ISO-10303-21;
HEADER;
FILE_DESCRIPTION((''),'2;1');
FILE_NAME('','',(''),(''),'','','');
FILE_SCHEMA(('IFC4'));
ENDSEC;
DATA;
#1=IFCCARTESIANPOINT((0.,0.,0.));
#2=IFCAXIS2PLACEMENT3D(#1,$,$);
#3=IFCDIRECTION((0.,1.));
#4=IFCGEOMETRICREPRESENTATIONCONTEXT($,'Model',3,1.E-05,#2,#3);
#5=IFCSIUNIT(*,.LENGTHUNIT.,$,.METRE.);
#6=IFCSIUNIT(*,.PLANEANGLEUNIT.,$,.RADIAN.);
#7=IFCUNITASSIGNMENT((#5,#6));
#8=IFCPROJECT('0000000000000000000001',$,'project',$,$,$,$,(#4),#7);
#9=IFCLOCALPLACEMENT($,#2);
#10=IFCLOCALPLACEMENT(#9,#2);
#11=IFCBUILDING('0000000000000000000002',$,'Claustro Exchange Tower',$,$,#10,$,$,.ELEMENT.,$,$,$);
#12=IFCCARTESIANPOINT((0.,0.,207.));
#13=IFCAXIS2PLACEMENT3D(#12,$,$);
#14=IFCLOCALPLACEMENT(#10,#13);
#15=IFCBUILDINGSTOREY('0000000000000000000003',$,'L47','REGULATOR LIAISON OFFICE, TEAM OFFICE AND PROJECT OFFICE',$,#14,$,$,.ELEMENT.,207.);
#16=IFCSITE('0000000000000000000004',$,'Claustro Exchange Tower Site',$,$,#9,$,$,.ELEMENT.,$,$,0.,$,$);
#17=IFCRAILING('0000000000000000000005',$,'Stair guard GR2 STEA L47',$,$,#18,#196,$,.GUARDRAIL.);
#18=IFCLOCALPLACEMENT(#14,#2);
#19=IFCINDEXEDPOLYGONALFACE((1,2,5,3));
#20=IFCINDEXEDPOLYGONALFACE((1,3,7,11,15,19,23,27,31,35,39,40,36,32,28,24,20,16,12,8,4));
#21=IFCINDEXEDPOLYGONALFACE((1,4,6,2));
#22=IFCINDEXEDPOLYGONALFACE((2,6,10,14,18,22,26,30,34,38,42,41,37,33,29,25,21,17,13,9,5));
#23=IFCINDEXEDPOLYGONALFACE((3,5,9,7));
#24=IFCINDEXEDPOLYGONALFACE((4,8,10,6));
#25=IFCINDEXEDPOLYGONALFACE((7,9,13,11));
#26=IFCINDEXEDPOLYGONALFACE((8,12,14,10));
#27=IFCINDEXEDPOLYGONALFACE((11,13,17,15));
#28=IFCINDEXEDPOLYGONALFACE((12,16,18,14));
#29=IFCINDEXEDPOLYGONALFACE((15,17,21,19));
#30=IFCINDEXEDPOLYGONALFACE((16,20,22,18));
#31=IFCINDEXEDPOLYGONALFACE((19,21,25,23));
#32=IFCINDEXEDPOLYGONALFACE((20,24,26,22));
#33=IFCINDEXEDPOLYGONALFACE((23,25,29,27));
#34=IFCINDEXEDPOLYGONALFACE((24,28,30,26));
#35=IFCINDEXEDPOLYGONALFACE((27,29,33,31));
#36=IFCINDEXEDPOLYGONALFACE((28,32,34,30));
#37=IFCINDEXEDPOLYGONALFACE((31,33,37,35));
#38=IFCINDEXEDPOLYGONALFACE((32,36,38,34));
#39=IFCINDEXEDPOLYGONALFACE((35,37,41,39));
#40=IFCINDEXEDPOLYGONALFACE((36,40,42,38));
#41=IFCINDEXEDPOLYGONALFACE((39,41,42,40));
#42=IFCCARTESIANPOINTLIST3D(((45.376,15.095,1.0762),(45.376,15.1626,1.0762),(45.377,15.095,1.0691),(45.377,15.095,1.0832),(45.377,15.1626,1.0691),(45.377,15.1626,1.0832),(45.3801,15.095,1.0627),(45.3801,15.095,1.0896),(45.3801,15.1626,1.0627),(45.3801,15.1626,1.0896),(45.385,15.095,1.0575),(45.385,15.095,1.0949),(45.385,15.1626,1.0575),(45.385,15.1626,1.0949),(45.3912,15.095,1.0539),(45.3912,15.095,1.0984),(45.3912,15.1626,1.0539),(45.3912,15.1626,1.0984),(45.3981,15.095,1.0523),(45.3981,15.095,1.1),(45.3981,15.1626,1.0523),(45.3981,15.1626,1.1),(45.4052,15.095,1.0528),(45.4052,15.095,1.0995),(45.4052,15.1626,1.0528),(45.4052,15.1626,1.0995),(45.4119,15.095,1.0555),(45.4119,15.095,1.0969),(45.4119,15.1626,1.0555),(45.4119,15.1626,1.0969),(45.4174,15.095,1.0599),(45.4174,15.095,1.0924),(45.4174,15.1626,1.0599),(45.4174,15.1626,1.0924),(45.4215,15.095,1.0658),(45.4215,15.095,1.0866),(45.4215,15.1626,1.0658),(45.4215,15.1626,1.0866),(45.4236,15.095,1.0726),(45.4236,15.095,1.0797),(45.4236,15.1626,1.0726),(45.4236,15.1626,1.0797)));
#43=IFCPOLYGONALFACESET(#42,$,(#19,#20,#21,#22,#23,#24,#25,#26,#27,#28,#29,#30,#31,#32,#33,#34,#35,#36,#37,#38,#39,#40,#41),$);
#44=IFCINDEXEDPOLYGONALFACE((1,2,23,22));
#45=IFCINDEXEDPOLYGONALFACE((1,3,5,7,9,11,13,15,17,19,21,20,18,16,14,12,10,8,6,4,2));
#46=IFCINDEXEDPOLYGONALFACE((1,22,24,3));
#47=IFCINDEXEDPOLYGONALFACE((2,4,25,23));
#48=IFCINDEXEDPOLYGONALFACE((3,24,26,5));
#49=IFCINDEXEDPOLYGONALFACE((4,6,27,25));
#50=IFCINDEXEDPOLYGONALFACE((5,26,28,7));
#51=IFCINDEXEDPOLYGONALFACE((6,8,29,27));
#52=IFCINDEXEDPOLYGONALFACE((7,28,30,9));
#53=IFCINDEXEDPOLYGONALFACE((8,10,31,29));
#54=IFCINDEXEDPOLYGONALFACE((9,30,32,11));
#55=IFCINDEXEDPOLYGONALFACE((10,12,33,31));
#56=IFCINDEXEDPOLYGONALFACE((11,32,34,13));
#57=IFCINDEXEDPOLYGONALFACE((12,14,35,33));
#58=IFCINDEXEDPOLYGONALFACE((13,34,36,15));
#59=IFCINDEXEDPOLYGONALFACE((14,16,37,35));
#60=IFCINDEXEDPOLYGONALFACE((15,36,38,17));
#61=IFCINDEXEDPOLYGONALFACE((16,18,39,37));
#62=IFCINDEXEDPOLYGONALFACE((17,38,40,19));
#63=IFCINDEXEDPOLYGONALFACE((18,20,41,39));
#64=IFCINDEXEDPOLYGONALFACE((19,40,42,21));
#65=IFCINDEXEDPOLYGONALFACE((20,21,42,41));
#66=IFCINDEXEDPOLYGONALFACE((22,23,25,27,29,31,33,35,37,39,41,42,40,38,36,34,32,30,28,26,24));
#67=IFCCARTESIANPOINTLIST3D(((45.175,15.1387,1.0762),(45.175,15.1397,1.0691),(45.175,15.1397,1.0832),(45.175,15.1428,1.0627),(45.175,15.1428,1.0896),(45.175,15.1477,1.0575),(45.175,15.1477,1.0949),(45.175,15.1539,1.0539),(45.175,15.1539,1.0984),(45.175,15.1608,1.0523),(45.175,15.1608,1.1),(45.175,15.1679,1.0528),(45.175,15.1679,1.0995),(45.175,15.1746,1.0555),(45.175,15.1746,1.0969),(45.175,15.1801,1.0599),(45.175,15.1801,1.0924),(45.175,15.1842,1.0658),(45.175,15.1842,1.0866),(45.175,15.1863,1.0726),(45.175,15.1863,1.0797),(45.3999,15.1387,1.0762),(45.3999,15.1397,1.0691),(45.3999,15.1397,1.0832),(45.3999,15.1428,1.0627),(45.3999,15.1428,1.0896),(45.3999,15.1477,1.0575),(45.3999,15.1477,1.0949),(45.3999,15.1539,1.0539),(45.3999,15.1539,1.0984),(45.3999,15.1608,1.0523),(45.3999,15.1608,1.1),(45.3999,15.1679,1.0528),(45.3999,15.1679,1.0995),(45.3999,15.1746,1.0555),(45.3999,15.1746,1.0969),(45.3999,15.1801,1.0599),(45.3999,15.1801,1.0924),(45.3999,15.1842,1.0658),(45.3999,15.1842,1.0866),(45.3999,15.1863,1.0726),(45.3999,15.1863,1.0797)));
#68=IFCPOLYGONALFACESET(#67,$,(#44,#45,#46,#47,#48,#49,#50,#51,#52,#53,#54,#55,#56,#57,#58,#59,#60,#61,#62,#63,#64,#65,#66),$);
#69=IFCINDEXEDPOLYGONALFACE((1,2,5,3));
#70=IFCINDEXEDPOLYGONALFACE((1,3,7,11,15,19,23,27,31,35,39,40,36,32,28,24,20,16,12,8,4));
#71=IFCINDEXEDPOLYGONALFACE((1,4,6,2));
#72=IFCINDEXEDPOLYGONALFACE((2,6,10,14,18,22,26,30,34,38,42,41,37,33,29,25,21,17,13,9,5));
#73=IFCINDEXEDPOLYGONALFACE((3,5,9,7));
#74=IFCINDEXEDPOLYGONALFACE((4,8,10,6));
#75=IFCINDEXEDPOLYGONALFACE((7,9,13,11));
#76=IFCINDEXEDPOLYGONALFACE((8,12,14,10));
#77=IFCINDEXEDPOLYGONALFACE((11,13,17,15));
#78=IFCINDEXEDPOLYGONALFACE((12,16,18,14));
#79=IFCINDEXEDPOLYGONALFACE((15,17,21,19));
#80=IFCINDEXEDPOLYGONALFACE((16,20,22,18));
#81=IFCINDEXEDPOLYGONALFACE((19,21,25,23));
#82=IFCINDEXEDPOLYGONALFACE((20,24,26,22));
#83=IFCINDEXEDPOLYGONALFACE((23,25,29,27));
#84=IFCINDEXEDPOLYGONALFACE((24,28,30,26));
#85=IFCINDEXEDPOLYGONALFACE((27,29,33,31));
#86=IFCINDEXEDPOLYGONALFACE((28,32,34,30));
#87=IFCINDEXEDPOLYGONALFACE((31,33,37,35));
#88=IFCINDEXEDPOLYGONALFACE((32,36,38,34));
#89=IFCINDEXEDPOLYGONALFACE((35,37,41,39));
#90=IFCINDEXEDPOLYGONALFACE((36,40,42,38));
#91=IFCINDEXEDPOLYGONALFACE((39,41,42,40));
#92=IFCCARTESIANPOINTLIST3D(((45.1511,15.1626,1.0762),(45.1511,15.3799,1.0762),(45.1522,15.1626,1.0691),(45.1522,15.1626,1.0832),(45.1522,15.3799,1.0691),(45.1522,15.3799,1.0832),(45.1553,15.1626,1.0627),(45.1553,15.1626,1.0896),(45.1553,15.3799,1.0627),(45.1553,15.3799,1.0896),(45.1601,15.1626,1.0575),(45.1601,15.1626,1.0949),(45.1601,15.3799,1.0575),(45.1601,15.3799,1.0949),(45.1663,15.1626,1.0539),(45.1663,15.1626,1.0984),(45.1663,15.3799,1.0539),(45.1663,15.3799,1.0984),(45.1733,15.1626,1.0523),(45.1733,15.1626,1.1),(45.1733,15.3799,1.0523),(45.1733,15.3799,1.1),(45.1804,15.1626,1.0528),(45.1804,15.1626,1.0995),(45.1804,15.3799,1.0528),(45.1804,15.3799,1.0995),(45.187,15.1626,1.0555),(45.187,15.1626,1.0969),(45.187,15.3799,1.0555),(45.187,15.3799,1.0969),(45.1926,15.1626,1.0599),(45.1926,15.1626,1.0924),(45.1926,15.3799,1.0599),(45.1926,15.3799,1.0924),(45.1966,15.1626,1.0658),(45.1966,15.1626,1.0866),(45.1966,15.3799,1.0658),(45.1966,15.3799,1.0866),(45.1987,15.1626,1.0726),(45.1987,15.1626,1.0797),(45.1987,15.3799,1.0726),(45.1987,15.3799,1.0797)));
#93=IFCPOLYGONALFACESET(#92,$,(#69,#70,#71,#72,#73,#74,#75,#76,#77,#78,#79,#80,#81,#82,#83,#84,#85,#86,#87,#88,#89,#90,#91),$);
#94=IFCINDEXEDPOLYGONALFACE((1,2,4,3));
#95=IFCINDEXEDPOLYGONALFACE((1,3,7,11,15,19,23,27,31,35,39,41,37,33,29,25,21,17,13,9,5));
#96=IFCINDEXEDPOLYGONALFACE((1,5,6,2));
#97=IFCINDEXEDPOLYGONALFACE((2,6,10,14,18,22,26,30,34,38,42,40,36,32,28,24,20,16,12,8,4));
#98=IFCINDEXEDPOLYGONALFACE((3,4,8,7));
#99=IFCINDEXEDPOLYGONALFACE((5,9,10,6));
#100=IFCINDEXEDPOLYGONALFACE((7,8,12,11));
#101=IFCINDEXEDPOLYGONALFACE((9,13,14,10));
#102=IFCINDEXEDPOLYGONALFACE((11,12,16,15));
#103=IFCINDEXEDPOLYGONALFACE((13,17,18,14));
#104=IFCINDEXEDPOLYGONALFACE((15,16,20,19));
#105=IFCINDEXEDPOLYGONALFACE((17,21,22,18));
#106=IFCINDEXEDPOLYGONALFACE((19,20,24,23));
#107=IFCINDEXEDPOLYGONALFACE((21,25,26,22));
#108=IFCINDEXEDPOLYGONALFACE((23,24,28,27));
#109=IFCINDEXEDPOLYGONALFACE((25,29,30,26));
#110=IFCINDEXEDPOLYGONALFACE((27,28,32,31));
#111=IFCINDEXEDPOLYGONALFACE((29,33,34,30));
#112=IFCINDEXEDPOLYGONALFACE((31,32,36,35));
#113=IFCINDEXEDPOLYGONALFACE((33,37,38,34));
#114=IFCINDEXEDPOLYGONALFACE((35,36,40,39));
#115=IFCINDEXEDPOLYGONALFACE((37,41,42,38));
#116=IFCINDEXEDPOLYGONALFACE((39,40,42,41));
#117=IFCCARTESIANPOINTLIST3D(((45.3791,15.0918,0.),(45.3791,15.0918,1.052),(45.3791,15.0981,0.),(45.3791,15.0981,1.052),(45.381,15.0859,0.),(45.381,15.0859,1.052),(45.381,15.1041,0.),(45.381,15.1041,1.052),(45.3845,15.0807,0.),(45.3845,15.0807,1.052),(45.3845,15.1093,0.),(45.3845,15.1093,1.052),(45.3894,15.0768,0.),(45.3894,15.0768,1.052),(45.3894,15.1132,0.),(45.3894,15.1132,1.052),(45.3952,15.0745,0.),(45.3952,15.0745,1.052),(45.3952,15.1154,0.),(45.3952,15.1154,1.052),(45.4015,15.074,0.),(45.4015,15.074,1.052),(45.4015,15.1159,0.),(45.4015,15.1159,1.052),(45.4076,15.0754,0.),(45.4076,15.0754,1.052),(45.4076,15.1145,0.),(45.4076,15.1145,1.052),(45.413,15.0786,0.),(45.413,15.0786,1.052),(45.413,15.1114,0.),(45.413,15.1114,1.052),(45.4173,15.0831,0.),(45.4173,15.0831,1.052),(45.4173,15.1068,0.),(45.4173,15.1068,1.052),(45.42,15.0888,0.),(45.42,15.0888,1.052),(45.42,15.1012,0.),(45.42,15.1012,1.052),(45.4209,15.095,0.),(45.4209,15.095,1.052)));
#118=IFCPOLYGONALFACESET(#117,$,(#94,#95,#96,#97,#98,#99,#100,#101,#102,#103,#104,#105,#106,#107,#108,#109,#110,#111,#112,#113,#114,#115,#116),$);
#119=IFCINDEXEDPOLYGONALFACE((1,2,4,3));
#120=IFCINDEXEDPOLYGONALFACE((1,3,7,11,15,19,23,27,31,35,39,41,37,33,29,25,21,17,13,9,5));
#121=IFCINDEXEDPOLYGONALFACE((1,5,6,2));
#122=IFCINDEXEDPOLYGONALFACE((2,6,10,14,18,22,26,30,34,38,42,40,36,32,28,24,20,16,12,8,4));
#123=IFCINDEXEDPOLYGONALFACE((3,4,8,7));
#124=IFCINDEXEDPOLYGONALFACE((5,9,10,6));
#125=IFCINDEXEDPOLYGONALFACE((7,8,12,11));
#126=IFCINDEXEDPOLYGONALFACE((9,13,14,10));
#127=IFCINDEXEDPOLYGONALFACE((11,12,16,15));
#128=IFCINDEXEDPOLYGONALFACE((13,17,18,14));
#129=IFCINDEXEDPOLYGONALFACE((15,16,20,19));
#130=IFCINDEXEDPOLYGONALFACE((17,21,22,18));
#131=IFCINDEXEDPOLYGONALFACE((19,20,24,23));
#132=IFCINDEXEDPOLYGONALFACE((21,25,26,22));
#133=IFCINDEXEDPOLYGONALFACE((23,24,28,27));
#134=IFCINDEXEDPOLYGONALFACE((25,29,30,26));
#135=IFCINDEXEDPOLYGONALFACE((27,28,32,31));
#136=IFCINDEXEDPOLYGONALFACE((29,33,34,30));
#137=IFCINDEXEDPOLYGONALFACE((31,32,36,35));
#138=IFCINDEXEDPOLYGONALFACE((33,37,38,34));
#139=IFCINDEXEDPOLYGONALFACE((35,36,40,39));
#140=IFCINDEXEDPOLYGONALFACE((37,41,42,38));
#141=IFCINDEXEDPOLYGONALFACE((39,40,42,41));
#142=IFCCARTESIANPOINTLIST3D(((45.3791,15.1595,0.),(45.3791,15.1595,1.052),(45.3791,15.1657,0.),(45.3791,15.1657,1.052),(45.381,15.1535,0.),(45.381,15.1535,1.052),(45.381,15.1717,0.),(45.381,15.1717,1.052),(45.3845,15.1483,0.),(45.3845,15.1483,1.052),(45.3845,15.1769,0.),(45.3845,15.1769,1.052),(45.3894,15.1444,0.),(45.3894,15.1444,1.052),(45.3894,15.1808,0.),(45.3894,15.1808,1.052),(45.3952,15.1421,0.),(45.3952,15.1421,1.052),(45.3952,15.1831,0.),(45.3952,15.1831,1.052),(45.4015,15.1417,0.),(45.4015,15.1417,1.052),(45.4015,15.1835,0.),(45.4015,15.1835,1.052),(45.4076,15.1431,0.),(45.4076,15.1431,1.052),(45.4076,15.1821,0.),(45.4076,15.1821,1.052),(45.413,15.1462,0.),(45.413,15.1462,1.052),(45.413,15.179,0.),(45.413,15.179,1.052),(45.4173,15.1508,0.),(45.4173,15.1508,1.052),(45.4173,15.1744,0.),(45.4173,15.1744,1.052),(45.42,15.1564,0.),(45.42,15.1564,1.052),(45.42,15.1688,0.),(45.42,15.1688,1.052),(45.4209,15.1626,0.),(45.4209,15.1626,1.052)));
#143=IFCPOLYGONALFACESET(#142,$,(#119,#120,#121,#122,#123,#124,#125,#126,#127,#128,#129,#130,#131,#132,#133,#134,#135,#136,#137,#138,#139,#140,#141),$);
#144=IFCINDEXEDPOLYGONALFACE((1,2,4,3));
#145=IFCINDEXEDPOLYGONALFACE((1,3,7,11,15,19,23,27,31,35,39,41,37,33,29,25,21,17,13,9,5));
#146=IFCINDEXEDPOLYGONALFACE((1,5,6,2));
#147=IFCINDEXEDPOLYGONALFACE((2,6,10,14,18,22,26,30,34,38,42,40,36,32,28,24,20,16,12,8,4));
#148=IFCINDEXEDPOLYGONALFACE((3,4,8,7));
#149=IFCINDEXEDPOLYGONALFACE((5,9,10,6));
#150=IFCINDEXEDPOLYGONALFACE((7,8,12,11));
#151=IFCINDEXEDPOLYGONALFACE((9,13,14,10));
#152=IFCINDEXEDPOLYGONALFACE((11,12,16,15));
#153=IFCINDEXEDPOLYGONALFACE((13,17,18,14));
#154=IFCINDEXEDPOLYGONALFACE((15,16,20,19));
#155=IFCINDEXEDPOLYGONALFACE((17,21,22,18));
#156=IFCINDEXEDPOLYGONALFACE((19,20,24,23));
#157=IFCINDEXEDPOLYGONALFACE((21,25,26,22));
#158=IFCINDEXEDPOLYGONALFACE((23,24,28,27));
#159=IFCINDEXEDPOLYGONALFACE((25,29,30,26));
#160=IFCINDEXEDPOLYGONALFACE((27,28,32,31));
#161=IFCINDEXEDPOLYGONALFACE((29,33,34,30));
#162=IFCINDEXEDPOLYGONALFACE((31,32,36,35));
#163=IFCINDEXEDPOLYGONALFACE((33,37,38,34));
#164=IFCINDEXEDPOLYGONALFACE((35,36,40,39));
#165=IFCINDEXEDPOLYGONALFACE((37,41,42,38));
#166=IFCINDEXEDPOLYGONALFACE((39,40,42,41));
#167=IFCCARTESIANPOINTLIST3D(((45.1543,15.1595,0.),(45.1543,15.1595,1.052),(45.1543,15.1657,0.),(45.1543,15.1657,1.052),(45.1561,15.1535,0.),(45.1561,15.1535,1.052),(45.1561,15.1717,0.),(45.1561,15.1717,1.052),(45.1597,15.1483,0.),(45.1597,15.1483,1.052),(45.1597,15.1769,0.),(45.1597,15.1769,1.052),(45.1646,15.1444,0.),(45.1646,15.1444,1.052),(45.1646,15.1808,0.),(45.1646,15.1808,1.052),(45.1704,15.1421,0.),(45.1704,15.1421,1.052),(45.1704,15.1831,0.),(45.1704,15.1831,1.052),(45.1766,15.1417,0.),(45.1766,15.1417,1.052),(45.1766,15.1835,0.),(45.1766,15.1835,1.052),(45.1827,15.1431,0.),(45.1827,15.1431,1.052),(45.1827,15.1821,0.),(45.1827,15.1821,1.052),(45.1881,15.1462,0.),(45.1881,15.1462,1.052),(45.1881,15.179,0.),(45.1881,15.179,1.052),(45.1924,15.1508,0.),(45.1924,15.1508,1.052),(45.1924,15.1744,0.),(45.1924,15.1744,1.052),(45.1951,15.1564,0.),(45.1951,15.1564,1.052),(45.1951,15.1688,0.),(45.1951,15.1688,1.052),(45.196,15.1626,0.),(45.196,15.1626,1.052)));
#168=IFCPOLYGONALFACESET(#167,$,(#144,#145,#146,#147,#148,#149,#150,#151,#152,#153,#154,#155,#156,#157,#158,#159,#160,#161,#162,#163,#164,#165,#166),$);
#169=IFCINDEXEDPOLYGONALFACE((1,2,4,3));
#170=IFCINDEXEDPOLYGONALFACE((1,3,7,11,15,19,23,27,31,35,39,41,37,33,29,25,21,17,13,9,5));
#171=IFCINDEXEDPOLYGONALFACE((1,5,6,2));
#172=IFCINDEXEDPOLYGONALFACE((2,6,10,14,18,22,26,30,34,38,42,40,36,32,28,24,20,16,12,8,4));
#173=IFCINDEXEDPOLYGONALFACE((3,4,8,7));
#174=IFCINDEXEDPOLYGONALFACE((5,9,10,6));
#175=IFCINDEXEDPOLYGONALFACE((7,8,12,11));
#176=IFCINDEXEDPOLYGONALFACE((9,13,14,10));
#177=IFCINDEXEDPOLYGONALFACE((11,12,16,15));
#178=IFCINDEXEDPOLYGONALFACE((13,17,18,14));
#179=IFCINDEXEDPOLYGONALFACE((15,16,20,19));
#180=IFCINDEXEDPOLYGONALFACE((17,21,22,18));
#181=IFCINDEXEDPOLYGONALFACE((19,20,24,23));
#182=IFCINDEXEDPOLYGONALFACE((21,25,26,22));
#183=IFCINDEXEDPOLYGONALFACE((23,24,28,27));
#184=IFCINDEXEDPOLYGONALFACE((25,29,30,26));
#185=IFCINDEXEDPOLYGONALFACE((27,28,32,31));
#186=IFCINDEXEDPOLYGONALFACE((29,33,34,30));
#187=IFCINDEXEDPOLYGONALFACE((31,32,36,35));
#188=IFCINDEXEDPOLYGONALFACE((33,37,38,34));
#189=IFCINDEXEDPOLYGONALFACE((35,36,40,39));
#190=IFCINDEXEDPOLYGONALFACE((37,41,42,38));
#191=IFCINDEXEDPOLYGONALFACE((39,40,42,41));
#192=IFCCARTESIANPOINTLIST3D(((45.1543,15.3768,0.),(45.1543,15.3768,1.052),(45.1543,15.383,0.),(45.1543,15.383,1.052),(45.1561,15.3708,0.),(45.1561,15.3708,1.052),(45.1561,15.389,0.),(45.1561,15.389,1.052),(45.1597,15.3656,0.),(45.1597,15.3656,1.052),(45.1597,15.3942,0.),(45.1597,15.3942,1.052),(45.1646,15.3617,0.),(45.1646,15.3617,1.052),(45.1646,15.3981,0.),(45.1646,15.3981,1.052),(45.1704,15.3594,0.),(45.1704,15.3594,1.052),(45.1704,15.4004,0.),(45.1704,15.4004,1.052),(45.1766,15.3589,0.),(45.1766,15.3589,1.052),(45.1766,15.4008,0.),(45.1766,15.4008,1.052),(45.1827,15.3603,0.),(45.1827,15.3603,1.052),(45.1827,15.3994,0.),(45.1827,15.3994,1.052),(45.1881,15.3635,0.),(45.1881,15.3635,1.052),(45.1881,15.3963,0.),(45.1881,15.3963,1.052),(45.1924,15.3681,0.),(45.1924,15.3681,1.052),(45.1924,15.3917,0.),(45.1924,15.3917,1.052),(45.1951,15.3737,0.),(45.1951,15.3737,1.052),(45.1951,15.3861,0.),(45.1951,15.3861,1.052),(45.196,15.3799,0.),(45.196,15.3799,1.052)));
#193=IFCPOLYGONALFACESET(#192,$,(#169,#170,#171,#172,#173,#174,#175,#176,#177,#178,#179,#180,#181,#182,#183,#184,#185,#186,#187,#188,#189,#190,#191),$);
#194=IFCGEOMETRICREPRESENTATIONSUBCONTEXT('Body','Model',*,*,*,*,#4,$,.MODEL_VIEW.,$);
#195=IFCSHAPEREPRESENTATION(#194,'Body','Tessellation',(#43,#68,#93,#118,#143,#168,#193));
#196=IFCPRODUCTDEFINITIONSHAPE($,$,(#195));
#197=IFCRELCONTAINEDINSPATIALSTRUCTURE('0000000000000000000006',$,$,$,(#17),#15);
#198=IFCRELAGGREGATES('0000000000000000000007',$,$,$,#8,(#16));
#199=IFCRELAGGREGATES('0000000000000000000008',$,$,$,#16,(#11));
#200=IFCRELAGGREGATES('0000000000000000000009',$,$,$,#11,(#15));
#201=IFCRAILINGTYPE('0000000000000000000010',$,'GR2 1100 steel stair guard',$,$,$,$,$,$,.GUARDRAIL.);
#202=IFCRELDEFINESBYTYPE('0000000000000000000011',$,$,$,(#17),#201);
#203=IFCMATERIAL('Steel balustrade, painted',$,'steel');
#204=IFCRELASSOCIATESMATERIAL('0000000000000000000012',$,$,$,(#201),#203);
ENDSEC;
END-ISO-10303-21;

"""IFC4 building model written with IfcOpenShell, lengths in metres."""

from ifc_helpers import new_model, si_unit, direction, frame, origin, origin_2d, place, context, subcontext, project, spatial, circle, extrude, material, type_object, element, save


model = new_model("IFC4")

# Units and contexts
model_context = context("Model", 3, precision=1e-05, world=origin(), true_north=direction((0.0, 1.0)))
body_context = subcontext(model_context, "Body", "Model", "MODEL_VIEW")
ifc_project = project(units=[si_unit("LENGTHUNIT", "METRE"), si_unit("PLANEANGLEUNIT", "RADIAN")], contexts=[model_context])

# Site, building, storey
site_placement = place(None, origin())
site = spatial("IfcSite", under=ifc_project, at=site_placement, Name="Claustro Exchange Tower Site", CompositionType="ELEMENT", RefElevation=0.0)
building_placement = place(site_placement, origin())
building = spatial("IfcBuilding", under=site, at=building_placement, Name="Claustro Exchange Tower", CompositionType="ELEMENT")
storey_placement = place(building_placement, frame((0.0, 0.0, 207.0)))
storey = spatial("IfcBuildingStorey", under=building, at=storey_placement, Name="L47", Description="REGULATOR LIAISON OFFICE, TEAM OFFICE AND PROJECT OFFICE", CompositionType="ELEMENT", Elevation=207.0)

# Railing
ifc_material_1 = material(Name="Steel balustrade, painted", Category="steel")
railing_type_1 = type_object("IfcRailingType", Name="GR2 1100 steel stair guard", PredefinedType="GUARDRAIL", material=ifc_material_1)
railing_1_placement = place(storey_placement, frame((45.3999, 15.095, 0.0)))
element("IfcRailing", 1, at=railing_1_placement, inside=storey, type_object=railing_type_1, Name="Stair guard GR2 STEA L47", PredefinedType="GUARDRAIL", context=body_context, shape_type="SweptSolid", body=[
    extrude(circle(Radius=0.0239, at=origin_2d()), frame((0.0, 0.0, 1.0762), z_axis=(0.0, 1.0, 0.0), x_axis=(-1.0, 0.0, 0.0)), (0.0, 0.0, 1.0), 0.0676),
    extrude(circle(Radius=0.0239, at=origin_2d()), frame((0.0, 0.0676, 1.0762), z_axis=(-1.0, 0.0, 0.0), x_axis=(0.0, -1.0, 0.0)), (0.0, 0.0, 1.0), 0.2249),
    extrude(circle(Radius=0.0239, at=origin_2d()), frame((-0.2249, 0.0676, 1.0762), z_axis=(0.0, 1.0, 0.0), x_axis=(-1.0, 0.0, 0.0)), (0.0, 0.0, 1.0), 0.2173),
    extrude(circle(Radius=0.021, at=origin_2d()), origin(), (0.0, 0.0, 1.0), 1.052),
    extrude(circle(Radius=0.021, at=origin_2d()), frame((0.0, 0.0676, 0.0)), (0.0, 0.0, 1.0), 1.052),
    extrude(circle(Radius=0.021, at=origin_2d()), frame((-0.2249, 0.0676, 0.0)), (0.0, 0.0, 1.0), 1.052),
    extrude(circle(Radius=0.021, at=origin_2d()), frame((-0.2249, 0.2849, 0.0)), (0.0, 0.0, 1.0), 1.052),
])

save(model, "model.ifc")
